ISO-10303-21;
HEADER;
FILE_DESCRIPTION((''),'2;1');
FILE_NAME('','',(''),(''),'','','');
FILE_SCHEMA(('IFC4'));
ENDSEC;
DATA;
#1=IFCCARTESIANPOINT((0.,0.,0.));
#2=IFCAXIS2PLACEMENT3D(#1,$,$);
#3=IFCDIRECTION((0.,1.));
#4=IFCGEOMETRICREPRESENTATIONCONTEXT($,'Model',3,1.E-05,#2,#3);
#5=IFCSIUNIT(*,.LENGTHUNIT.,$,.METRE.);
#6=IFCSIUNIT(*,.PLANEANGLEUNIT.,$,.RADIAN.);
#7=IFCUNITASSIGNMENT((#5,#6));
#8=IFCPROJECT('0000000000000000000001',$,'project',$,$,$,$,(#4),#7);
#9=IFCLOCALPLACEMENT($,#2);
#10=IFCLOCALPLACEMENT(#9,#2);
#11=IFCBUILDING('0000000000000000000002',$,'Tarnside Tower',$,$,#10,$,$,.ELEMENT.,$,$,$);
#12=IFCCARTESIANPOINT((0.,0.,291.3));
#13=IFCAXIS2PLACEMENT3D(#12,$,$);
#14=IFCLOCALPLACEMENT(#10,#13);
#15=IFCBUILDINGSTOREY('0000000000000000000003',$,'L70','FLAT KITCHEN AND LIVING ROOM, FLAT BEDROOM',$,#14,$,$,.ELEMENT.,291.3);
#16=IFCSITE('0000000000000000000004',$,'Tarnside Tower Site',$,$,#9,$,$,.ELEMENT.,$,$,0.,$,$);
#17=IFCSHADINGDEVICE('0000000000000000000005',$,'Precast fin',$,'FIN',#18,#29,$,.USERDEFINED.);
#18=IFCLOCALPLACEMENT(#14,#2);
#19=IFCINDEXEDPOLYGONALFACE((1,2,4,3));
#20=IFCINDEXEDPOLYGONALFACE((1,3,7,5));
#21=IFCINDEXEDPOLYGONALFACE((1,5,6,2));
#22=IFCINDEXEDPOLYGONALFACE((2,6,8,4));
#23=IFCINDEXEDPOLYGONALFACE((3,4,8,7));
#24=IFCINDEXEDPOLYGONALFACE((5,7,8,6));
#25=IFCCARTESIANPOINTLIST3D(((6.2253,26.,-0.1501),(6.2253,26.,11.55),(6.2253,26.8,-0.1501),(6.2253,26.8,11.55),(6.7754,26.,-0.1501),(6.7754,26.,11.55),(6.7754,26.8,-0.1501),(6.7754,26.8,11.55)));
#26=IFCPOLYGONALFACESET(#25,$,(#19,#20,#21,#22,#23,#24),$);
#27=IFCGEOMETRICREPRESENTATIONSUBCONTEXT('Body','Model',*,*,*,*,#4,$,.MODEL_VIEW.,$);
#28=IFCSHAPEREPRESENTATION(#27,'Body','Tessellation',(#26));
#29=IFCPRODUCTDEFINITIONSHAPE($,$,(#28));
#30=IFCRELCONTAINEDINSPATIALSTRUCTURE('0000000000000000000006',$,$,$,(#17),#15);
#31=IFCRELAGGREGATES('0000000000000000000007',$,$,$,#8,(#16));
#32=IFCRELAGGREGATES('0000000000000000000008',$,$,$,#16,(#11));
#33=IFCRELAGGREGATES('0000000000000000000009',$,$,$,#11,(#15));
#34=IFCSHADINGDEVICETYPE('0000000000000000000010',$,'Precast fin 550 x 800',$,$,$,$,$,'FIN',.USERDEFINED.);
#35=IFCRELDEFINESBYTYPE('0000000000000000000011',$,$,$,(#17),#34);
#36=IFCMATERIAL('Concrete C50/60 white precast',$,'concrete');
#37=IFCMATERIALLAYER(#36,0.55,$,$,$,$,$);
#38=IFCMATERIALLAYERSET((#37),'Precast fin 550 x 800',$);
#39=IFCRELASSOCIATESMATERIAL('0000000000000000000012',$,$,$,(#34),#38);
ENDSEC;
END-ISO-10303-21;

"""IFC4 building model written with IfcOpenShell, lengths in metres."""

from ifc_helpers import new_model, si_unit, direction, frame, origin, place, context, subcontext, project, spatial, polyline, outline, extrude, material, layer, layer_set, type_object, element, save


model = new_model("IFC4")

# Units and contexts
model_context = context("Model", 3, precision=1e-05, world=origin(), true_north=direction((0.0, 1.0)))
body_context = subcontext(model_context, "Body", "Model", "MODEL_VIEW")
ifc_project = project(units=[si_unit("LENGTHUNIT", "METRE"), si_unit("PLANEANGLEUNIT", "RADIAN")], contexts=[model_context])

# Site, building, storey
site_placement = place(None, origin())
site = spatial("IfcSite", under=ifc_project, at=site_placement, Name="Tarnside Tower Site", CompositionType="ELEMENT", RefElevation=0.0)
building_placement = place(site_placement, origin())
building = spatial("IfcBuilding", under=site, at=building_placement, Name="Tarnside Tower", CompositionType="ELEMENT")
storey_placement = place(building_placement, frame((0.0, 0.0, 291.3)))
storey = spatial("IfcBuildingStorey", under=building, at=storey_placement, Name="L70", Description="FLAT KITCHEN AND LIVING ROOM, FLAT BEDROOM", CompositionType="ELEMENT", Elevation=291.3)

# Shading device
ifc_material_1 = material(Name="Concrete C50/60 white precast", Category="concrete")
ifc_layer_1 = layer(ifc_material_1, 0.55)
ifc_layer_set_1 = layer_set([ifc_layer_1], Name="Precast fin 550 x 800")
shading_device_type_1 = type_object("IfcShadingDeviceType", Name="Precast fin 550 x 800", ElementType="FIN", PredefinedType="USERDEFINED", material=ifc_layer_set_1)
for number, where, z_axis, x_axis, name in (
    (1, (6.5002, 26.0, -0.1501), (1.0, 0.0, 0.0), (0.0, 1.0, 0.0), "Precast fin"),
):
    element("IfcShadingDevice", number, at=place(storey_placement, frame(where, z_axis=z_axis, x_axis=x_axis)), inside=storey, type_object=shading_device_type_1, Name=name, ObjectType="FIN", PredefinedType="USERDEFINED", context=body_context, shape_type="SweptSolid", body=[
        extrude(outline(polyline([(0.0, 0.0), (0.8, 0.0), (0.8, 11.7002), (0.0, 11.7002), (0.0, 0.0)])), frame((0.0, 0.0, -0.2749)), (0.0, 0.0, 1.0), 0.55),
    ])

save(model, "model.ifc")
